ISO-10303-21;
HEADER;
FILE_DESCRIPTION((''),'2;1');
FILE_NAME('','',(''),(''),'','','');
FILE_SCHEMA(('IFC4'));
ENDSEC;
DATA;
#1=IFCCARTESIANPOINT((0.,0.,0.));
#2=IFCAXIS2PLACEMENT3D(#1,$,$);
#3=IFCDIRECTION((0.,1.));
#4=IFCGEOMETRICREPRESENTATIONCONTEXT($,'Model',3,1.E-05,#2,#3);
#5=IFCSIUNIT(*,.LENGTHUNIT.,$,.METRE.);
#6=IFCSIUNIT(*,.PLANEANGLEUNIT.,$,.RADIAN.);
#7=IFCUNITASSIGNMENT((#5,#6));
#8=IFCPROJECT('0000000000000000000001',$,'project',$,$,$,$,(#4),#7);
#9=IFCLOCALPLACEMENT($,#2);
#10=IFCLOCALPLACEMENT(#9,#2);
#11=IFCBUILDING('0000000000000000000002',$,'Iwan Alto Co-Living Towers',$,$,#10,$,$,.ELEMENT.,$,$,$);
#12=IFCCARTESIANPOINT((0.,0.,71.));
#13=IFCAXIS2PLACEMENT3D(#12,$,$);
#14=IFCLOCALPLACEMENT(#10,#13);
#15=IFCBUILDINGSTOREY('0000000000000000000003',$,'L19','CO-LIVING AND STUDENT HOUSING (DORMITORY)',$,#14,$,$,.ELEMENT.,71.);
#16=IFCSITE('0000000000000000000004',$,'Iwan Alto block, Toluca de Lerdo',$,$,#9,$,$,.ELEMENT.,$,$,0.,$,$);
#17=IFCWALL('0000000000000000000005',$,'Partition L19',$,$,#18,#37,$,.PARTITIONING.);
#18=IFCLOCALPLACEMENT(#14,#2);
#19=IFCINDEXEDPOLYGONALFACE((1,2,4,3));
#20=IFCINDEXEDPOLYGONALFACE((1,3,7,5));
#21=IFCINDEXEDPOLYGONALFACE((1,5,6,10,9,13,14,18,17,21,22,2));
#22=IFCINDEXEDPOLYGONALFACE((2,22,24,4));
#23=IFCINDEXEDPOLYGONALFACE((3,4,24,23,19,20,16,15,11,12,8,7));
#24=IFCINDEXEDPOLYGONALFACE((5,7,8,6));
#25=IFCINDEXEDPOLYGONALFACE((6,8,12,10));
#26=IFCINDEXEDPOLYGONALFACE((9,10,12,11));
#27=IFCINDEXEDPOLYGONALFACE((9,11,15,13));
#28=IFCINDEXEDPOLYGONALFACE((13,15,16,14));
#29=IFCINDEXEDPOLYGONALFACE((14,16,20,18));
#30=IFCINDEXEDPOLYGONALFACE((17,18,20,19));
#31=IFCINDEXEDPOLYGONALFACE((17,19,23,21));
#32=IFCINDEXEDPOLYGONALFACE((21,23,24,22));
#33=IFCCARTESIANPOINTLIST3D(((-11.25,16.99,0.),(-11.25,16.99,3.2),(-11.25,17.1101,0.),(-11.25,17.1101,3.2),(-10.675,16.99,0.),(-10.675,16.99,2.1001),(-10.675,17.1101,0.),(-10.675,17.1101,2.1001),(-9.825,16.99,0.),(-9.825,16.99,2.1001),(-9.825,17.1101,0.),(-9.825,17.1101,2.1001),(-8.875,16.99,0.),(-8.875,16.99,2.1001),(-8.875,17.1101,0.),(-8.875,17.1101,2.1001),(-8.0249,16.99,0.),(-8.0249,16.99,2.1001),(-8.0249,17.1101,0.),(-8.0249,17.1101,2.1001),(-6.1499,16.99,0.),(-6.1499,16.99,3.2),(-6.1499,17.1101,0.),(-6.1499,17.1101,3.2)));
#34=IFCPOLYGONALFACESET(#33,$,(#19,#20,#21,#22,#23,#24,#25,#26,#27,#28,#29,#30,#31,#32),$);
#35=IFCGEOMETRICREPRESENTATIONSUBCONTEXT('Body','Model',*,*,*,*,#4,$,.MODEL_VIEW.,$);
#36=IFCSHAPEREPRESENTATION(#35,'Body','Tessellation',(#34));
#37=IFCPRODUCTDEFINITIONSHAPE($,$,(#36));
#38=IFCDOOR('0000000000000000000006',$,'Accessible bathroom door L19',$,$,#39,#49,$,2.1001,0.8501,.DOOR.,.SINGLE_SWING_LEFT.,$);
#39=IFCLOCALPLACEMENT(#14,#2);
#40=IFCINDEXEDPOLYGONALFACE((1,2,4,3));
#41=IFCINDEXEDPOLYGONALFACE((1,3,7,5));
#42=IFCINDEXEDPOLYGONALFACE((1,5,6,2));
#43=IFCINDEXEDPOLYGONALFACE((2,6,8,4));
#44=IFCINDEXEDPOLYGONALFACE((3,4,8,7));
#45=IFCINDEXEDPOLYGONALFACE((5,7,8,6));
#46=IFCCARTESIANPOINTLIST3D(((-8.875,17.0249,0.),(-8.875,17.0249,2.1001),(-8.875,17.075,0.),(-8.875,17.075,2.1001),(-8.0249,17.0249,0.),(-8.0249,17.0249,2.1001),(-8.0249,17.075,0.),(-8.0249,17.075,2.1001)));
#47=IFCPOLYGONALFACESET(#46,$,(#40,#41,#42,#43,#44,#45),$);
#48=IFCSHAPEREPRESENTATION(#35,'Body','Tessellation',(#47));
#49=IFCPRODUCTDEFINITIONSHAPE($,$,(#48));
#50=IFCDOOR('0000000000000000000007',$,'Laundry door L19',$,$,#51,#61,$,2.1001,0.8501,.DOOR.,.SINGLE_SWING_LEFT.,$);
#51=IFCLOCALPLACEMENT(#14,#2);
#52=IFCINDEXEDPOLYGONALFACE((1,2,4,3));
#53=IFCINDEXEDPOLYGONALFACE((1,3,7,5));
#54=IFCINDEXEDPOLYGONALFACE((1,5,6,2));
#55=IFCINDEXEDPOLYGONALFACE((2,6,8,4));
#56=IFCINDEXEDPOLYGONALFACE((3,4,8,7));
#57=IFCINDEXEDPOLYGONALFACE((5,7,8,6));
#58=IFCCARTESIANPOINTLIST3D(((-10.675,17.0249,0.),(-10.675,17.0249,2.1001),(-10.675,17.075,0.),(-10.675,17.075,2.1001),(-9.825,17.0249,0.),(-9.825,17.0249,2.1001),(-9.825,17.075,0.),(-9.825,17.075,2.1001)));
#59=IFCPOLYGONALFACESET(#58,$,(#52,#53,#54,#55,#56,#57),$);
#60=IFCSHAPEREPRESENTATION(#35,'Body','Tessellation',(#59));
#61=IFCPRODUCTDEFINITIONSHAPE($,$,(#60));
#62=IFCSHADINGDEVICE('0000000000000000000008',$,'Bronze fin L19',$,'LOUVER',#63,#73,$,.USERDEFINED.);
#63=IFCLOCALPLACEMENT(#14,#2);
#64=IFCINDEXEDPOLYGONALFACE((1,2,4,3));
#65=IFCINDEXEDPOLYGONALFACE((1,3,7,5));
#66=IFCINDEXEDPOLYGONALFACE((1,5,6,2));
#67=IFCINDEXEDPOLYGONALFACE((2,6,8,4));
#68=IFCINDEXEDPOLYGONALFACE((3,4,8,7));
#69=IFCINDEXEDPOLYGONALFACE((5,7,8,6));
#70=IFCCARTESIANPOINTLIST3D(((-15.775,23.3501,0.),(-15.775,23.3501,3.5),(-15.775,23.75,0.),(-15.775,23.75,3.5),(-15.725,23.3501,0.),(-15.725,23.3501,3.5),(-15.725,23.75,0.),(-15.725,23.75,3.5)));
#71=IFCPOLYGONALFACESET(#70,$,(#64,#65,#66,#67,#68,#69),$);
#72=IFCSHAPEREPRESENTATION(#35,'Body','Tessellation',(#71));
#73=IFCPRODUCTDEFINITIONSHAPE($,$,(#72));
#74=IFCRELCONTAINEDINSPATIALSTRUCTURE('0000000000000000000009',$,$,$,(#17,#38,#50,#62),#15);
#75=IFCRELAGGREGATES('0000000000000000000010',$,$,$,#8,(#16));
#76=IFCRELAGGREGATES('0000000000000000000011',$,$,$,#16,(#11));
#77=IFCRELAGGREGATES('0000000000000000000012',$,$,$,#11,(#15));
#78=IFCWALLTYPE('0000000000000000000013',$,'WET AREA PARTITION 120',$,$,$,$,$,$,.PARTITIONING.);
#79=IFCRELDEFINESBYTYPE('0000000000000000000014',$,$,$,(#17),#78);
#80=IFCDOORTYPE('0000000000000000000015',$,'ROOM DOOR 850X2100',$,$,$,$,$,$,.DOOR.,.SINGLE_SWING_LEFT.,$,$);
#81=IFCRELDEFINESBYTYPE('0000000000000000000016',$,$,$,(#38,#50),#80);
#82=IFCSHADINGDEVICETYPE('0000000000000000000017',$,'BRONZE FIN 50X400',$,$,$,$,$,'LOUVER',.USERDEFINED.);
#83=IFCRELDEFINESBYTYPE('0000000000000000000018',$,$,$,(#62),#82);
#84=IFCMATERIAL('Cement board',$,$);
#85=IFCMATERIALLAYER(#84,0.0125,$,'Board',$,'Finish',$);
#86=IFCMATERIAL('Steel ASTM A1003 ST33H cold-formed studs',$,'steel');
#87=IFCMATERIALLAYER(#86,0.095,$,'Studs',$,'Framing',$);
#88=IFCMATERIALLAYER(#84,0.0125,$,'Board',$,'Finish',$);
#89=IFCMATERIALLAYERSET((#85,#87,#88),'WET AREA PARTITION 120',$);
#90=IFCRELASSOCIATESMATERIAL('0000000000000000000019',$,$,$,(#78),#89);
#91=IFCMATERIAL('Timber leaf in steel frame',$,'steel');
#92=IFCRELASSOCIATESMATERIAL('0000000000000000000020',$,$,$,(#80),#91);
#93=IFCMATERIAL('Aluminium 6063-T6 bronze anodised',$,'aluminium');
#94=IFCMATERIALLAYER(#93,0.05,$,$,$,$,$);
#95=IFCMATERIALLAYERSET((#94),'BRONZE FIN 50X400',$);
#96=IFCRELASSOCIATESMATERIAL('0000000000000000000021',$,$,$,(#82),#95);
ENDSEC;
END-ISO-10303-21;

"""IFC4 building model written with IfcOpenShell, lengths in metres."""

from ifc_helpers import new_model, si_unit, direction, frame, frame_2d, origin, origin_2d, place, context, subcontext, project, spatial, rectangle, extrude, material, layer, layer_set, type_object, element, fill, save


model = new_model("IFC4")

# Units and contexts
model_context = context("Model", 3, precision=1e-05, world=origin(), true_north=direction((0.0, 1.0)))
body_context = subcontext(model_context, "Body", "Model", "MODEL_VIEW")
ifc_project = project(units=[si_unit("LENGTHUNIT", "METRE"), si_unit("PLANEANGLEUNIT", "RADIAN")], contexts=[model_context])

# Site, building, storey
site_placement = place(None, origin())
site = spatial("IfcSite", under=ifc_project, at=site_placement, Name="Iwan Alto block, Toluca de Lerdo", CompositionType="ELEMENT", RefElevation=0.0)
building_placement = place(site_placement, origin())
building = spatial("IfcBuilding", under=site, at=building_placement, Name="Iwan Alto Co-Living Towers", CompositionType="ELEMENT")
storey_placement = place(building_placement, frame((0.0, 0.0, 71.0)))
storey = spatial("IfcBuildingStorey", under=building, at=storey_placement, Name="L19", Description="CO-LIVING AND STUDENT HOUSING (DORMITORY)", CompositionType="ELEMENT", Elevation=71.0)

# Wall, openings, doors
ifc_material_1 = material(Name="Steel ASTM A1003 ST33H cold-formed studs", Category="steel")
ifc_material_2 = material(Name="Cement board")
ifc_layer_1 = layer(ifc_material_2, 0.0125, Name="Board", Category="Finish")
ifc_layer_2 = layer(ifc_material_1, 0.095, Name="Studs", Category="Framing")
ifc_layer_3 = layer(ifc_material_2, 0.0125, Name="Board", Category="Finish")
ifc_layer_set_1 = layer_set([ifc_layer_1, ifc_layer_2, ifc_layer_3], Name="WET AREA PARTITION 120")
wall_type_1 = type_object("IfcWallType", Name="WET AREA PARTITION 120", PredefinedType="PARTITIONING", material=ifc_layer_set_1)
wall_1_placement = place(storey_placement, frame((-11.25, 17.05, 0.0), z_axis=(0.0, 0.0, 1.0), x_axis=(1.0, 0.0, 0.0)))
wall_1 = element("IfcWall", 1, at=wall_1_placement, inside=storey, type_object=wall_type_1, Name="Partition L19", PredefinedType="PARTITIONING", context=body_context, shape_type="SweptSolid", body=[
    extrude(rectangle(XDim=5.1001, YDim=0.1201, at=frame_2d((2.55, 0.0))), origin(), (0.0, 0.0, 1.0), 3.2),
])
opening_1_placement = place(wall_1_placement, frame((2.375, 0.0, 0.0)))
opening_1 = element("IfcOpeningElement", 2, at=opening_1_placement, cuts=wall_1, PredefinedType="OPENING", context=body_context, shape_type="SweptSolid", body=[
    extrude(rectangle(XDim=0.8501, YDim=2.1001, at=frame_2d((0.425, 1.05))), frame((0.0, 0.0701, 0.0), z_axis=(0.0, -1.0, 0.0), x_axis=(1.0, 0.0, 0.0)), (0.0, 0.0, 1.0), 0.1401),
])
opening_2_placement = place(wall_1_placement, frame((0.575, 0.0, 0.0)))
opening_2 = element("IfcOpeningElement", 3, at=opening_2_placement, cuts=wall_1, PredefinedType="OPENING", context=body_context, shape_type="SweptSolid", body=[
    extrude(rectangle(XDim=0.8501, YDim=2.1001, at=frame_2d((0.425, 1.05))), frame((0.0, 0.0701, 0.0), z_axis=(0.0, -1.0, 0.0), x_axis=(1.0, 0.0, 0.0)), (0.0, 0.0, 1.0), 0.1401),
])
ifc_material_3 = material(Name="Timber leaf in steel frame", Category="steel")
door_type_1 = type_object("IfcDoorType", Name="ROOM DOOR 850X2100", OperationType="SINGLE_SWING_LEFT", PredefinedType="DOOR", material=ifc_material_3)
door_1_placement = place(opening_1_placement, origin())
door_1 = element("IfcDoor", 4, at=door_1_placement, inside=storey, type_object=door_type_1, Name="Accessible bathroom door L19", OperationType="SINGLE_SWING_LEFT", OverallHeight=2.1001, OverallWidth=0.8501, PredefinedType="DOOR", context=body_context, shape_type="SweptSolid", body=[
    extrude(rectangle(XDim=0.8501, YDim=2.1001, at=frame_2d((0.425, 1.05))), frame((0.0, 0.0249, 0.0), z_axis=(0.0, -1.0, 0.0), x_axis=(1.0, 0.0, 0.0)), (0.0, 0.0, 1.0), 0.05),
])
fill(opening_1, door_1)
door_2_placement = place(opening_2_placement, origin())
door_2 = element("IfcDoor", 5, at=door_2_placement, inside=storey, type_object=door_type_1, Name="Laundry door L19", OperationType="SINGLE_SWING_LEFT", OverallHeight=2.1001, OverallWidth=0.8501, PredefinedType="DOOR", context=body_context, shape_type="SweptSolid", body=[
    extrude(rectangle(XDim=0.8501, YDim=2.1001, at=frame_2d((0.425, 1.05))), frame((0.0, 0.0249, 0.0), z_axis=(0.0, -1.0, 0.0), x_axis=(1.0, 0.0, 0.0)), (0.0, 0.0, 1.0), 0.05),
])
fill(opening_2, door_2)

# Shading device
ifc_material_4 = material(Name="Aluminium 6063-T6 bronze anodised", Category="aluminium")
ifc_layer_4 = layer(ifc_material_4, 0.05)
ifc_layer_set_2 = layer_set([ifc_layer_4], Name="BRONZE FIN 50X400")
shading_device_type = type_object("IfcShadingDeviceType", Name="BRONZE FIN 50X400", ElementType="LOUVER", PredefinedType="USERDEFINED", material=ifc_layer_set_2)
shading_device_placement = place(storey_placement, frame((-15.75, 23.55, 0.0), z_axis=(0.0, 0.0, 1.0), x_axis=(-1.0, 0.0, 0.0)))
element("IfcShadingDevice", 6, at=shading_device_placement, inside=storey, type_object=shading_device_type, Name="Bronze fin L19", ObjectType="LOUVER", PredefinedType="USERDEFINED", context=body_context, shape_type="SweptSolid", body=[
    extrude(rectangle(XDim=0.05, YDim=0.3999, at=origin_2d()), origin(), (0.0, 0.0, 1.0), 3.5),
])

save(model, "model.ifc")
